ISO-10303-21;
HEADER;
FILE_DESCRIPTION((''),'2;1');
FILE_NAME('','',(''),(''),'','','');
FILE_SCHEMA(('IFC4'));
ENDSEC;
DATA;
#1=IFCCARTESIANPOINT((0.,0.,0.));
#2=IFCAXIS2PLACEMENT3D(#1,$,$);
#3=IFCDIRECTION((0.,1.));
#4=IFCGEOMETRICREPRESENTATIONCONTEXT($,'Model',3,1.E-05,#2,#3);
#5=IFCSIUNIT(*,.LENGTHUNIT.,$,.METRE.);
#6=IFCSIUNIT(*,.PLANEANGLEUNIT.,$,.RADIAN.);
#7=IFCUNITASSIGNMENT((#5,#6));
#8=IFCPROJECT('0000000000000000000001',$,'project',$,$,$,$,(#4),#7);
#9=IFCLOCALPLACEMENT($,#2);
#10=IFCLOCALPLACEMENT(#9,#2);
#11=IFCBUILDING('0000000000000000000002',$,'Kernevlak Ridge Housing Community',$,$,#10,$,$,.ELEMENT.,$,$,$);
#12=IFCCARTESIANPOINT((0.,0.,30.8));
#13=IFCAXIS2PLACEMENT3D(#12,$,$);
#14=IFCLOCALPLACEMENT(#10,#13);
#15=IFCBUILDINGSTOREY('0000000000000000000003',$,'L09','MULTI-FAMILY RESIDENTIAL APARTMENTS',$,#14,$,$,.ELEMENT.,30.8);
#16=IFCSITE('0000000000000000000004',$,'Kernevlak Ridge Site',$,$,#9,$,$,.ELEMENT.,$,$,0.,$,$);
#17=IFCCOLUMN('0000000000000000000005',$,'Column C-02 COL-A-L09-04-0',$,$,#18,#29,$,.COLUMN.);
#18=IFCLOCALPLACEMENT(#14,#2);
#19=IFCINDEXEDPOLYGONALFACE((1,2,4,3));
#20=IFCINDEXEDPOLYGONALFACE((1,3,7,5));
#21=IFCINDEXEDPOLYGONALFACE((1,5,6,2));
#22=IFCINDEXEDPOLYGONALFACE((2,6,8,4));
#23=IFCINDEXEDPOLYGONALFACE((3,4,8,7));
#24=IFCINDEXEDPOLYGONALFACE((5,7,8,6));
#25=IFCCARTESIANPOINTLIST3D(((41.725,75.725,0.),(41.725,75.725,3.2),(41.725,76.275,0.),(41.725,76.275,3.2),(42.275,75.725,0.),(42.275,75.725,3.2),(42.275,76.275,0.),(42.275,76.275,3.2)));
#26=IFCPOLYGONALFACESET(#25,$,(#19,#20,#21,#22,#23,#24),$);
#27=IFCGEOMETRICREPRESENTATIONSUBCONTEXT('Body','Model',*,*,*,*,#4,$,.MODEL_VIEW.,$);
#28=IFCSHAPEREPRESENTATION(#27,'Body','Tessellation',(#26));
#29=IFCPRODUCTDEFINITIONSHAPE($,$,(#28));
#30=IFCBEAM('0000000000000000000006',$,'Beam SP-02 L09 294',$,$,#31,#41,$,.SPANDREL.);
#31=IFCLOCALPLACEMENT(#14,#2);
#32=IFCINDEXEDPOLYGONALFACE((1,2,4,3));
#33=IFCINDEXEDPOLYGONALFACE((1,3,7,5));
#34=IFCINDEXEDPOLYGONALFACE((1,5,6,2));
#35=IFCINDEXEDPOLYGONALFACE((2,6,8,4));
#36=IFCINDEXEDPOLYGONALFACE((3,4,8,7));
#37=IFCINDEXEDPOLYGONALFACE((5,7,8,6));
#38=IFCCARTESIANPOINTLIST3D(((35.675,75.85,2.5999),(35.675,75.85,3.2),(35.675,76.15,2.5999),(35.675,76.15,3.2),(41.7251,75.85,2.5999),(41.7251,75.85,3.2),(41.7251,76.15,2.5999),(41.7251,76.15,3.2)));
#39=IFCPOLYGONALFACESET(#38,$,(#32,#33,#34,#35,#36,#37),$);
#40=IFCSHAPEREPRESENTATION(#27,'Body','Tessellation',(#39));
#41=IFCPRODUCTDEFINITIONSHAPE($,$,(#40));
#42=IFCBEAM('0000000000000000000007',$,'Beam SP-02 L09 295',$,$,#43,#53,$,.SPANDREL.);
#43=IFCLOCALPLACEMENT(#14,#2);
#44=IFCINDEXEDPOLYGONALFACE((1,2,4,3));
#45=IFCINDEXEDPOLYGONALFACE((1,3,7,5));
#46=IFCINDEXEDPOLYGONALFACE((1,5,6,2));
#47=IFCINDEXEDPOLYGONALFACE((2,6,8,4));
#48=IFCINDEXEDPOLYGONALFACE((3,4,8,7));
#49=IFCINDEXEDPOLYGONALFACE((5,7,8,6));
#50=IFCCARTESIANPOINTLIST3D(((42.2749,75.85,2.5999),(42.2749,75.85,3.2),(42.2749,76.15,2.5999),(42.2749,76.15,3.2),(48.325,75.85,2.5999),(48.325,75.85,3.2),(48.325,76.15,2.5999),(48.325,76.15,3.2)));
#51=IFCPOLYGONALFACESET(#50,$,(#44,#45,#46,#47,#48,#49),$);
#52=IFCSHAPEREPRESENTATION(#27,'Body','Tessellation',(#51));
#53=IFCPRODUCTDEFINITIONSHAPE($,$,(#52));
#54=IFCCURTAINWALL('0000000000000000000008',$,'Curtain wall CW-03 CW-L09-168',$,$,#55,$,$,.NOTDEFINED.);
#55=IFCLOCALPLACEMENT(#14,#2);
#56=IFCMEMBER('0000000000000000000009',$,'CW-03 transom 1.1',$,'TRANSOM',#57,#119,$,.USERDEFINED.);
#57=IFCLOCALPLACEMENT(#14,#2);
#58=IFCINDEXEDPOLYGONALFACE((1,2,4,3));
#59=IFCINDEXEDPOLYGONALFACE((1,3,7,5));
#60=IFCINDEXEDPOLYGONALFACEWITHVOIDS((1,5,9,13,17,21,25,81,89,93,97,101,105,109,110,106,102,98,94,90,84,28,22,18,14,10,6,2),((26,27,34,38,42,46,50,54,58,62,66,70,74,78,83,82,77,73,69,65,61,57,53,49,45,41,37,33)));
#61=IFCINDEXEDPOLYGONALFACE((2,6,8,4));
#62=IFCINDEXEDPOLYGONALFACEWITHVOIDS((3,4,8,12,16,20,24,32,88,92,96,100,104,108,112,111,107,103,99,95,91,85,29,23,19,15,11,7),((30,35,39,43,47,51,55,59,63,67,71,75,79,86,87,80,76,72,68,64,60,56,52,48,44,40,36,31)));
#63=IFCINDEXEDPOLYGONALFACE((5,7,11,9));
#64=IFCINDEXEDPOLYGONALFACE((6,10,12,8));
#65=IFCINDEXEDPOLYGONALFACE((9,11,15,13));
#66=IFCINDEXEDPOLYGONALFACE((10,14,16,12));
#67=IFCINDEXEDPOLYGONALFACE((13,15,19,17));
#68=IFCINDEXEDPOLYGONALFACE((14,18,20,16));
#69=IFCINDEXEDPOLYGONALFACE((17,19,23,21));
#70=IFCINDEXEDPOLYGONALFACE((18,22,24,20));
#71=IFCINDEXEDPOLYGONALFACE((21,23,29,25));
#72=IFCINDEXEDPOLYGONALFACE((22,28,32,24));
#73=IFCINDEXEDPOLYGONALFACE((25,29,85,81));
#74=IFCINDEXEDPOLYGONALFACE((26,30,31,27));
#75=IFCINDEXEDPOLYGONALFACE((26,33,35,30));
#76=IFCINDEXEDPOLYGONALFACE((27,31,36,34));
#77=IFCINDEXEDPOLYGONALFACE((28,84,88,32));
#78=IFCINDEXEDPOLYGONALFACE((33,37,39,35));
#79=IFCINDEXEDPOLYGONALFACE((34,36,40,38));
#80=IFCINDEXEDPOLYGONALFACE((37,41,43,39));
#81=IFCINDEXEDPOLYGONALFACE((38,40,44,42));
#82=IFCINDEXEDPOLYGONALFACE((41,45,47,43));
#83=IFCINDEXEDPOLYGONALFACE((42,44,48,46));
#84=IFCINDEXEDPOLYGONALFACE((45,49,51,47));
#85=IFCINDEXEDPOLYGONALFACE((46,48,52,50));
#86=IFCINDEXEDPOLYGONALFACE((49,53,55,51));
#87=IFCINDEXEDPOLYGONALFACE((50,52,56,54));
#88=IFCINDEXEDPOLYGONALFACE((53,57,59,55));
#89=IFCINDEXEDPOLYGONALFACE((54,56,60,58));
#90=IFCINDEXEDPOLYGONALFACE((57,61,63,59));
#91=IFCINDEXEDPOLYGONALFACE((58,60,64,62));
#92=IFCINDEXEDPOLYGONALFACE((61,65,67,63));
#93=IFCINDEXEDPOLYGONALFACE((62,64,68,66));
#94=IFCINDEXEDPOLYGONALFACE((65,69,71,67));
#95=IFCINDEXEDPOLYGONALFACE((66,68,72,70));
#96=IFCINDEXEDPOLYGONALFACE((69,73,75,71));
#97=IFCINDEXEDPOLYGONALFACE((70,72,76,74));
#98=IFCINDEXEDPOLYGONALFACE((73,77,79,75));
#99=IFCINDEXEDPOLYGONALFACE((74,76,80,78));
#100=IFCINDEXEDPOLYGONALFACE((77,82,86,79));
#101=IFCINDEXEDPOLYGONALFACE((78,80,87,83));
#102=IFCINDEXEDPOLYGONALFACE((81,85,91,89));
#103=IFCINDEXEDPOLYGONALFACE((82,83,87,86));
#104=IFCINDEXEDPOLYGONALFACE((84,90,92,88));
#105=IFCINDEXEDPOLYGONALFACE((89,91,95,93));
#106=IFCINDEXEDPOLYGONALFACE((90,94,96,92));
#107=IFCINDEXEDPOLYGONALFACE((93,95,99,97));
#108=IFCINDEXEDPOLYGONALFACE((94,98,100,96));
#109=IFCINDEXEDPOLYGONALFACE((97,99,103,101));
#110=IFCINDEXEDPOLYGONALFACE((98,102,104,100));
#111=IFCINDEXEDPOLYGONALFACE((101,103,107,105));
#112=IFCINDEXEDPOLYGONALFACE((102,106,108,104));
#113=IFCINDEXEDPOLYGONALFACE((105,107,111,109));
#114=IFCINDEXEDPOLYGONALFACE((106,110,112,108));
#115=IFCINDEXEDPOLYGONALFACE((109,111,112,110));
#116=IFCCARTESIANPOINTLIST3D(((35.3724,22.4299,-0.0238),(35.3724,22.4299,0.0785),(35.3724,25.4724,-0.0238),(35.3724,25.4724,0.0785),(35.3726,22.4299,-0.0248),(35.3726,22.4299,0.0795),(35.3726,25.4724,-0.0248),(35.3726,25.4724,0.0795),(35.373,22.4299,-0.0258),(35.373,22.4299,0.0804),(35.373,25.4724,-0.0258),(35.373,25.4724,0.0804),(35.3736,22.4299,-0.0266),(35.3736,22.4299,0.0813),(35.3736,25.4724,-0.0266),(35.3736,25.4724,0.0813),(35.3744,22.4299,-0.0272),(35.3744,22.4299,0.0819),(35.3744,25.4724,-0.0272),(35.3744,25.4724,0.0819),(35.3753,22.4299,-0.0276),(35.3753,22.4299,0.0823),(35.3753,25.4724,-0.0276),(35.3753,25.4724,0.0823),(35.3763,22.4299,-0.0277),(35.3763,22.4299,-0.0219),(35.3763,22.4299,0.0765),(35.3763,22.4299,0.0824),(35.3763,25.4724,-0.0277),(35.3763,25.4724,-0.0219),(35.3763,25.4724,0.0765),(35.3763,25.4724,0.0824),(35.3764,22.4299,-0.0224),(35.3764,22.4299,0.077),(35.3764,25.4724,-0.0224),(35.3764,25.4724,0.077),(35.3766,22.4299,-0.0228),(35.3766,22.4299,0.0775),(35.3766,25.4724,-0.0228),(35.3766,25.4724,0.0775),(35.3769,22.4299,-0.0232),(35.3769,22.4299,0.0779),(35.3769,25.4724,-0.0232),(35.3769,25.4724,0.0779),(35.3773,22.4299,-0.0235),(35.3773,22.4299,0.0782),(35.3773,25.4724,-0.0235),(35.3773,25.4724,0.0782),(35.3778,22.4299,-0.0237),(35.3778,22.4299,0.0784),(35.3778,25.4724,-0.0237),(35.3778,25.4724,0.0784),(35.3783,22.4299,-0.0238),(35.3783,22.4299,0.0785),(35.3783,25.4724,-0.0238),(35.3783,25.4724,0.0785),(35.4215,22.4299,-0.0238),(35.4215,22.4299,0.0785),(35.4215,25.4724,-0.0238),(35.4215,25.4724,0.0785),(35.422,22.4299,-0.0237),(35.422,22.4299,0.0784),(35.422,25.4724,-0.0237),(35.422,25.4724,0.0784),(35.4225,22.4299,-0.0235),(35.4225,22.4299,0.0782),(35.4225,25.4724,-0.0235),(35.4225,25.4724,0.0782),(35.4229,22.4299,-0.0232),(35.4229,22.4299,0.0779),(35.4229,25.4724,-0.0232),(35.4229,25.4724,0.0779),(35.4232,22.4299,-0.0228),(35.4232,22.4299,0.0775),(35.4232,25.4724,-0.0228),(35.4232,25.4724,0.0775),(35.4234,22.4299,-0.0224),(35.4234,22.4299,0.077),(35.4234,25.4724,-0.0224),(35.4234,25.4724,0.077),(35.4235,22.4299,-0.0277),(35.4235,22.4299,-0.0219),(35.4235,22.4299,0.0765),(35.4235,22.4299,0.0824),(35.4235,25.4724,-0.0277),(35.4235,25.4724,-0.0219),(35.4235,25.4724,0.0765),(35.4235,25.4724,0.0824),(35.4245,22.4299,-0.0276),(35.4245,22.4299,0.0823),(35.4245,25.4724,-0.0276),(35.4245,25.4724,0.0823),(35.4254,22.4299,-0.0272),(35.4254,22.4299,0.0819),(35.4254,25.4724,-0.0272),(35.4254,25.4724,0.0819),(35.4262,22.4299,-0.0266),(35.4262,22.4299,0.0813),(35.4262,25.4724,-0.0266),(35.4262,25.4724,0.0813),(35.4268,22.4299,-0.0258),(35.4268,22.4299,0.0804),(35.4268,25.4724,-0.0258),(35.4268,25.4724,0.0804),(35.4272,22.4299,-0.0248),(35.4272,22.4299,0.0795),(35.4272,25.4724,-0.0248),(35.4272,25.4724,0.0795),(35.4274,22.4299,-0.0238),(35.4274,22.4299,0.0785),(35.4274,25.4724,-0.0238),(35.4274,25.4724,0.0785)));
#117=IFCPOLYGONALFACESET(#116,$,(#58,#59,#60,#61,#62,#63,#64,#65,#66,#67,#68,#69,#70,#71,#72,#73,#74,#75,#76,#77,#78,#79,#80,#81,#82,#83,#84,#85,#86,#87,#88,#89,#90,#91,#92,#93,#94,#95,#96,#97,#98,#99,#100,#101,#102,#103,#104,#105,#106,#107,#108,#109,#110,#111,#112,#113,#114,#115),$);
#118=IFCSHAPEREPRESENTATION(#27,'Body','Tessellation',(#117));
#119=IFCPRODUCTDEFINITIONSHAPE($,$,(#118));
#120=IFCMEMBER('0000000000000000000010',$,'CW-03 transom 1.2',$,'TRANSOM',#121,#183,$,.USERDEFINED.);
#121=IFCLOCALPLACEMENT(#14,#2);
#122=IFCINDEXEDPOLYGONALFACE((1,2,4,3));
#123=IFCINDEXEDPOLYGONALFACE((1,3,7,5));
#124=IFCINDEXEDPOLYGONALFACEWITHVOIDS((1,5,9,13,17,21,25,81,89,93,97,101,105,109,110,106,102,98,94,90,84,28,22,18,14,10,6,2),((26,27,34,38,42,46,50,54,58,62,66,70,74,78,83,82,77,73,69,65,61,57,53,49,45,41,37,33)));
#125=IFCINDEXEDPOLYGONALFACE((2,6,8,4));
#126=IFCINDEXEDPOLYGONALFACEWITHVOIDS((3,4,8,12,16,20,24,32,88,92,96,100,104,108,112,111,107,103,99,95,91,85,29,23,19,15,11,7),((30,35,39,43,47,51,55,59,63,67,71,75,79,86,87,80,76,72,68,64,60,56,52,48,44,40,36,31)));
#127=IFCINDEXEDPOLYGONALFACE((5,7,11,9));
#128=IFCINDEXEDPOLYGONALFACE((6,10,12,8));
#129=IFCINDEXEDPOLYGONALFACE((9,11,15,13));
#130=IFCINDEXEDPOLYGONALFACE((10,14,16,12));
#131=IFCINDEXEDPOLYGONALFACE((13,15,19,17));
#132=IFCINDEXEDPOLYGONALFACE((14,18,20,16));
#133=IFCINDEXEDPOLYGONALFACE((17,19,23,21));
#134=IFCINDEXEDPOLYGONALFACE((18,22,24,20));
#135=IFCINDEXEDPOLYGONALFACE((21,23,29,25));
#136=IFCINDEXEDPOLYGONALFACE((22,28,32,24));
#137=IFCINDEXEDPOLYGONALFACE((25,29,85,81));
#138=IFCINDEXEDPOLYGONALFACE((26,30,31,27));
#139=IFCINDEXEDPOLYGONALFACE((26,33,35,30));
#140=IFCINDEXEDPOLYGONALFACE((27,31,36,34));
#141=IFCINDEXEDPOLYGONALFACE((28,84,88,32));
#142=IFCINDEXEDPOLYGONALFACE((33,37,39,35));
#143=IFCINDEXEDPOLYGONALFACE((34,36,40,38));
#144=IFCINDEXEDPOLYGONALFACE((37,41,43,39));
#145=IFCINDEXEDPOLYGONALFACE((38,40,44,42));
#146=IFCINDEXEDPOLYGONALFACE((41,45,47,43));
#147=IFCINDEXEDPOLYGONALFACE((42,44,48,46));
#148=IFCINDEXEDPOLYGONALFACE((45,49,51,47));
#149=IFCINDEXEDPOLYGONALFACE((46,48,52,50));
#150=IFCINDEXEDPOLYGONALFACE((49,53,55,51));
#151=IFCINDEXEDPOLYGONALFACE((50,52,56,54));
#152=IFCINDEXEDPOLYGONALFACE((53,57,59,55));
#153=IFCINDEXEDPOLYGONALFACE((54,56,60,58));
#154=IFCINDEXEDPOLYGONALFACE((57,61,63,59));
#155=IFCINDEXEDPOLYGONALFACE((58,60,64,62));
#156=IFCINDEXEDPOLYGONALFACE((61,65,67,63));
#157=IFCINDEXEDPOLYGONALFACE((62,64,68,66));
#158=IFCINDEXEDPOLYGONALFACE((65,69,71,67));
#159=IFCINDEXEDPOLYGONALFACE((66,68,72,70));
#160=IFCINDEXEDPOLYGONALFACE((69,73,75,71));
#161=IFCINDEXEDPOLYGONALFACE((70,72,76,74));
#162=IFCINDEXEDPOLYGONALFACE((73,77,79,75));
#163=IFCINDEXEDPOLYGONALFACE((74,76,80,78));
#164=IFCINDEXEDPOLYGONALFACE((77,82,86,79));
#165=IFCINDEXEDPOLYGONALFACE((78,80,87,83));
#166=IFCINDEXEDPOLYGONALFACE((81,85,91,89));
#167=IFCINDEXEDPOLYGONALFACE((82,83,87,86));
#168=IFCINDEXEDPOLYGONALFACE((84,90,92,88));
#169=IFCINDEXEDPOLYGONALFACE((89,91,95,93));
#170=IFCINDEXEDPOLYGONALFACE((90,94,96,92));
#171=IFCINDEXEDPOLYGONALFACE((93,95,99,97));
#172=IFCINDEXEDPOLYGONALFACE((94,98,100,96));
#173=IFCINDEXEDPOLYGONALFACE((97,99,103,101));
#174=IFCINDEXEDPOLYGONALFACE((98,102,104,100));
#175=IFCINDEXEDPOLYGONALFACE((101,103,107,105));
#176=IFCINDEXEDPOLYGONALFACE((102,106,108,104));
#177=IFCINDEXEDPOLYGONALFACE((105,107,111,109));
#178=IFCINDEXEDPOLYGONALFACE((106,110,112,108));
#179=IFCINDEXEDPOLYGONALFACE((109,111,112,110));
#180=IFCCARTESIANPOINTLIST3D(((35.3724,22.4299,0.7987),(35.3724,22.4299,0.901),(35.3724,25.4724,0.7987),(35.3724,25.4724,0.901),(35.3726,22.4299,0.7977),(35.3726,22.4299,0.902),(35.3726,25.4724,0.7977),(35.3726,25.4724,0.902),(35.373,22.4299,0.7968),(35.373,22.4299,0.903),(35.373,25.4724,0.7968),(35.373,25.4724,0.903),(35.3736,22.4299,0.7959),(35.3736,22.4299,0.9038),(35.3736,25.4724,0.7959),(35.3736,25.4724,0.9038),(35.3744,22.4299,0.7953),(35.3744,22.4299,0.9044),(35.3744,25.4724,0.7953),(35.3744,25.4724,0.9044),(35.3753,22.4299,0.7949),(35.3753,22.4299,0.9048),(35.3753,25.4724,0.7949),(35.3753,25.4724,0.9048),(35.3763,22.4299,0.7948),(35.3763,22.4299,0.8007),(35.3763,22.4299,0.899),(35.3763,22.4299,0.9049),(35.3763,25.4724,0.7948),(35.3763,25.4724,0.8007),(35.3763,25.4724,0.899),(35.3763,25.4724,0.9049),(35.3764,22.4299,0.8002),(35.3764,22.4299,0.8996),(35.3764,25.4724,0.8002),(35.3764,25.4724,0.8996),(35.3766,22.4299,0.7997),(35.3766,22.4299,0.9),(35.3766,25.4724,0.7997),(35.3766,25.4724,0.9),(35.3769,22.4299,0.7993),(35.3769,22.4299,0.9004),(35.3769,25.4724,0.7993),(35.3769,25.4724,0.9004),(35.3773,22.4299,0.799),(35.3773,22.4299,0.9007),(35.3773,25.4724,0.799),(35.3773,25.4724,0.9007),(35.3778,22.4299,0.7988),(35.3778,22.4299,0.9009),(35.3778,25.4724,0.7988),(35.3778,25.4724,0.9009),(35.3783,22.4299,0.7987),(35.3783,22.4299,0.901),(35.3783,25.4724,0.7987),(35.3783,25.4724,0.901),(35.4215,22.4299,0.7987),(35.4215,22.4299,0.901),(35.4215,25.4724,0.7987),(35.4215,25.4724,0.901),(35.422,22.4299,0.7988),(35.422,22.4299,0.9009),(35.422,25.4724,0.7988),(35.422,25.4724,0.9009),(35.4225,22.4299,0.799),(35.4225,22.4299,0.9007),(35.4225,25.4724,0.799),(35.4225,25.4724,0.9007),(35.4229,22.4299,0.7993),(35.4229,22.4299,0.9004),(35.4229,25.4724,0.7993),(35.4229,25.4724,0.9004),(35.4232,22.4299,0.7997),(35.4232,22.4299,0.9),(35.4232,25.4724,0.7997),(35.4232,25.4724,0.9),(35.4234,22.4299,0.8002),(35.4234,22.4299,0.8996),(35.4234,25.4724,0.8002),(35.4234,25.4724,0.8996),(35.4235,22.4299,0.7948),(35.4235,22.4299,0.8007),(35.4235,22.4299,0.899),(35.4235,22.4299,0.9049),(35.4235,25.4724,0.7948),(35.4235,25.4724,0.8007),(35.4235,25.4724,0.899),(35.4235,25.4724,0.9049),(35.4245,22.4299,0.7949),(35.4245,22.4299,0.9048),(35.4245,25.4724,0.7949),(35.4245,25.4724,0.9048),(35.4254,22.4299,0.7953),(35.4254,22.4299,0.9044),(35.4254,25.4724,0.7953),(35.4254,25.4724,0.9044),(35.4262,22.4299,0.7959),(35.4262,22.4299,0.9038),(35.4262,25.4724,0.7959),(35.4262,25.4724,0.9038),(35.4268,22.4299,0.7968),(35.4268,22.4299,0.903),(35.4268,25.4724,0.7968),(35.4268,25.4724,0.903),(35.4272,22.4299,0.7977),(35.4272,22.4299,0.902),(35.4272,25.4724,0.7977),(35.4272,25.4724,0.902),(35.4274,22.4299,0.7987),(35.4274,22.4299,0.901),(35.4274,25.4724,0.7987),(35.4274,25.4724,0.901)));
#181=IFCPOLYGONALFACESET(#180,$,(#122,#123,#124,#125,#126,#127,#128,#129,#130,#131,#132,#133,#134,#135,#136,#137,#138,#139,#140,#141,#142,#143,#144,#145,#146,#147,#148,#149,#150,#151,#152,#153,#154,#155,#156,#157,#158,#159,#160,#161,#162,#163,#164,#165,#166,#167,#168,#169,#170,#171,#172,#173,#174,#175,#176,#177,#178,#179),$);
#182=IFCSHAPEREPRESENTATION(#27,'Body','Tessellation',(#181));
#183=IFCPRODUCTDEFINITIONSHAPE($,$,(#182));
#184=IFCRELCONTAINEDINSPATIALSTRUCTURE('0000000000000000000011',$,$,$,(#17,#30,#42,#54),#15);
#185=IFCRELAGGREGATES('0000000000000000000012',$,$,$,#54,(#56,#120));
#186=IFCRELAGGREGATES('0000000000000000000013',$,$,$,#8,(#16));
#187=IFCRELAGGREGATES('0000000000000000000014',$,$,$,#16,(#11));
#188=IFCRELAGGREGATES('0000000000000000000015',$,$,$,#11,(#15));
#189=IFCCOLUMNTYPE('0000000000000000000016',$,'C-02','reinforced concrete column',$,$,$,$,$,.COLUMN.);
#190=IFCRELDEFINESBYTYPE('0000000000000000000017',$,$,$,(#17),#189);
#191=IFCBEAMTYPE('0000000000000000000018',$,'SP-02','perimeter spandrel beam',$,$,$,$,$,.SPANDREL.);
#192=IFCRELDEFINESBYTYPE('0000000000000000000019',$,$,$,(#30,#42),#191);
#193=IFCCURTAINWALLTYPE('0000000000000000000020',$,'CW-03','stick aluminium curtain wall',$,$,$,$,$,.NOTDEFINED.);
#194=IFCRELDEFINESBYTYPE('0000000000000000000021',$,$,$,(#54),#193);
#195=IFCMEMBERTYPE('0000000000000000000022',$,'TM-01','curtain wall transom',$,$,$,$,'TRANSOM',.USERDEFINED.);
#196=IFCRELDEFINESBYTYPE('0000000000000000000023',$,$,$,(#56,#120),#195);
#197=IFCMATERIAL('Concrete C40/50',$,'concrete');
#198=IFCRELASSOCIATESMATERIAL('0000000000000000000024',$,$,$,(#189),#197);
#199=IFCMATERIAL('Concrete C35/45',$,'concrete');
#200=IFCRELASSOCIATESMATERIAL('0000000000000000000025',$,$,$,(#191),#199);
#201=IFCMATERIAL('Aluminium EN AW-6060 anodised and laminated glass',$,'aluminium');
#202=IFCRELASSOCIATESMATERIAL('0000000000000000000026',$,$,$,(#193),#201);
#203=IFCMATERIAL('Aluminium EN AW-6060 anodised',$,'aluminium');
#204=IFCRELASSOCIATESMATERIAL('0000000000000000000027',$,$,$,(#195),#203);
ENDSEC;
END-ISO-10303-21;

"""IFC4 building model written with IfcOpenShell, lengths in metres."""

from ifc_helpers import new_model, si_unit, direction, frame, origin, origin_2d, place, context, subcontext, project, spatial, rectangle, hollow_rectangle, extrude, material, material_profile, profile_set, type_object, element, aggregate, save


model = new_model("IFC4")

# Units and contexts
model_context = context("Model", 3, precision=1e-05, world=origin(), true_north=direction((0.0, 1.0)))
body_context = subcontext(model_context, "Body", "Model", "MODEL_VIEW")
ifc_project = project(units=[si_unit("LENGTHUNIT", "METRE"), si_unit("PLANEANGLEUNIT", "RADIAN")], contexts=[model_context])

# Site, building, storey
site_placement = place(None, origin())
site = spatial("IfcSite", under=ifc_project, at=site_placement, Name="Kernevlak Ridge Site", CompositionType="ELEMENT", RefElevation=0.0)
building_placement = place(site_placement, origin())
building = spatial("IfcBuilding", under=site, at=building_placement, Name="Kernevlak Ridge Housing Community", CompositionType="ELEMENT")
storey_placement = place(building_placement, frame((0.0, 0.0, 30.8)))
storey = spatial("IfcBuildingStorey", under=building, at=storey_placement, Name="L09", Description="MULTI-FAMILY RESIDENTIAL APARTMENTS", CompositionType="ELEMENT", Elevation=30.8)

# Column
ifc_material_1 = material(Name="Concrete C40/50", Category="concrete")
ifc_material_profile_1 = material_profile(ifc_material_1, rectangle(XDim=0.55, YDim=0.55, at=origin_2d()), Name="RC 550x550")
ifc_profile_set_1 = profile_set([ifc_material_profile_1], Name="Concrete C40/50")
column_type = type_object("IfcColumnType", Name="C-02", Description="reinforced concrete column", PredefinedType="COLUMN", material=ifc_profile_set_1)
column_placement = place(storey_placement, frame((42.0, 76.0, 0.0), z_axis=(0.0, 0.0, 1.0), x_axis=(1.0, 0.0, 0.0)))
element("IfcColumn", 1, at=column_placement, inside=storey, type_object=column_type, Name="Column C-02 COL-A-L09-04-0", PredefinedType="COLUMN", context=body_context, shape_type="SweptSolid", body=[
    extrude(rectangle(XDim=0.55, YDim=0.55, at=origin_2d()), origin(), (0.0, 0.0, 1.0), 3.2),
])

# Beams
ifc_material_2 = material(Name="Concrete C35/45", Category="concrete")
ifc_material_profile_2 = material_profile(ifc_material_2, rectangle(XDim=0.3, YDim=0.6001, at=origin_2d()), Name="RC 300x600")
ifc_profile_set_2 = profile_set([ifc_material_profile_2], Name="Concrete C35/45")
beam_type = type_object("IfcBeamType", Name="SP-02", Description="perimeter spandrel beam", PredefinedType="SPANDREL", material=ifc_profile_set_2)
for number, where, z_axis, x_axis, name in (
    (2, (35.675, 76.0, 2.8999), (1.0, 0.0, 0.0), (0.0, 1.0, 0.0), "Beam SP-02 L09 294"),
    (3, (42.2749, 76.0, 2.8999), (1.0, 0.0, 0.0), (0.0, 1.0, 0.0), "Beam SP-02 L09 295"),
):
    element("IfcBeam", number, at=place(storey_placement, frame(where, z_axis=z_axis, x_axis=x_axis)), inside=storey, type_object=beam_type, Name=name, PredefinedType="SPANDREL", context=body_context, shape_type="SweptSolid", body=[
        extrude(rectangle(XDim=0.3, YDim=0.6001, at=origin_2d()), origin(), (0.0, 0.0, 1.0), 6.05),
    ])

# Curtain wall, members
ifc_material_3 = material(Name="Aluminium EN AW-6060 anodised and laminated glass", Category="aluminium")
curtain_wall_type = type_object("IfcCurtainWallType", Name="CW-03", Description="stick aluminium curtain wall", PredefinedType="NOTDEFINED", material=ifc_material_3)
curtain_wall_placement = place(storey_placement, origin())
curtain_wall = element("IfcCurtainWall", 4, at=curtain_wall_placement, inside=storey, type_object=curtain_wall_type, Name="Curtain wall CW-03 CW-L09-168", PredefinedType="NOTDEFINED")
ifc_material_4 = material(Name="Aluminium EN AW-6060 anodised", Category="aluminium")
ifc_material_profile_3 = material_profile(ifc_material_4, hollow_rectangle(XDim=0.0549, YDim=0.1101, WallThickness=0.0039, InnerFilletRadius=0.002, OuterFilletRadius=0.0039, at=origin_2d()), Name="ALU 55x110x4")
ifc_profile_set_3 = profile_set([ifc_material_profile_3], Name="Aluminium EN AW-6060 anodised")
member_type = type_object("IfcMemberType", Name="TM-01", Description="curtain wall transom", ElementType="TRANSOM", PredefinedType="USERDEFINED", material=ifc_profile_set_3)
member_1_placement = place(storey_placement, frame((35.3999, 22.4299, 0.0273), z_axis=(0.0, 1.0, 0.0), x_axis=(-1.0, 0.0, 0.0)))
member_1 = element("IfcMember", 5, at=member_1_placement, type_object=member_type, Name="CW-03 transom 1.1", ObjectType="TRANSOM", PredefinedType="USERDEFINED", context=body_context, shape_type="SweptSolid", body=[
    extrude(hollow_rectangle(XDim=0.0549, YDim=0.1101, WallThickness=0.0039, InnerFilletRadius=0.002, OuterFilletRadius=0.0039, at=origin_2d()), origin(), (0.0, 0.0, 1.0), 3.0425),
])
member_2_placement = place(storey_placement, frame((35.3999, 22.4299, 0.8499), z_axis=(0.0, 1.0, 0.0), x_axis=(-1.0, 0.0, 0.0)))
member_2 = element("IfcMember", 6, at=member_2_placement, type_object=member_type, Name="CW-03 transom 1.2", ObjectType="TRANSOM", PredefinedType="USERDEFINED", context=body_context, shape_type="SweptSolid", body=[
    extrude(hollow_rectangle(XDim=0.0549, YDim=0.1101, WallThickness=0.0039, InnerFilletRadius=0.002, OuterFilletRadius=0.0039, at=origin_2d()), origin(), (0.0, 0.0, 1.0), 3.0425),
])
aggregate(curtain_wall, [member_1, member_2])

save(model, "model.ifc")
